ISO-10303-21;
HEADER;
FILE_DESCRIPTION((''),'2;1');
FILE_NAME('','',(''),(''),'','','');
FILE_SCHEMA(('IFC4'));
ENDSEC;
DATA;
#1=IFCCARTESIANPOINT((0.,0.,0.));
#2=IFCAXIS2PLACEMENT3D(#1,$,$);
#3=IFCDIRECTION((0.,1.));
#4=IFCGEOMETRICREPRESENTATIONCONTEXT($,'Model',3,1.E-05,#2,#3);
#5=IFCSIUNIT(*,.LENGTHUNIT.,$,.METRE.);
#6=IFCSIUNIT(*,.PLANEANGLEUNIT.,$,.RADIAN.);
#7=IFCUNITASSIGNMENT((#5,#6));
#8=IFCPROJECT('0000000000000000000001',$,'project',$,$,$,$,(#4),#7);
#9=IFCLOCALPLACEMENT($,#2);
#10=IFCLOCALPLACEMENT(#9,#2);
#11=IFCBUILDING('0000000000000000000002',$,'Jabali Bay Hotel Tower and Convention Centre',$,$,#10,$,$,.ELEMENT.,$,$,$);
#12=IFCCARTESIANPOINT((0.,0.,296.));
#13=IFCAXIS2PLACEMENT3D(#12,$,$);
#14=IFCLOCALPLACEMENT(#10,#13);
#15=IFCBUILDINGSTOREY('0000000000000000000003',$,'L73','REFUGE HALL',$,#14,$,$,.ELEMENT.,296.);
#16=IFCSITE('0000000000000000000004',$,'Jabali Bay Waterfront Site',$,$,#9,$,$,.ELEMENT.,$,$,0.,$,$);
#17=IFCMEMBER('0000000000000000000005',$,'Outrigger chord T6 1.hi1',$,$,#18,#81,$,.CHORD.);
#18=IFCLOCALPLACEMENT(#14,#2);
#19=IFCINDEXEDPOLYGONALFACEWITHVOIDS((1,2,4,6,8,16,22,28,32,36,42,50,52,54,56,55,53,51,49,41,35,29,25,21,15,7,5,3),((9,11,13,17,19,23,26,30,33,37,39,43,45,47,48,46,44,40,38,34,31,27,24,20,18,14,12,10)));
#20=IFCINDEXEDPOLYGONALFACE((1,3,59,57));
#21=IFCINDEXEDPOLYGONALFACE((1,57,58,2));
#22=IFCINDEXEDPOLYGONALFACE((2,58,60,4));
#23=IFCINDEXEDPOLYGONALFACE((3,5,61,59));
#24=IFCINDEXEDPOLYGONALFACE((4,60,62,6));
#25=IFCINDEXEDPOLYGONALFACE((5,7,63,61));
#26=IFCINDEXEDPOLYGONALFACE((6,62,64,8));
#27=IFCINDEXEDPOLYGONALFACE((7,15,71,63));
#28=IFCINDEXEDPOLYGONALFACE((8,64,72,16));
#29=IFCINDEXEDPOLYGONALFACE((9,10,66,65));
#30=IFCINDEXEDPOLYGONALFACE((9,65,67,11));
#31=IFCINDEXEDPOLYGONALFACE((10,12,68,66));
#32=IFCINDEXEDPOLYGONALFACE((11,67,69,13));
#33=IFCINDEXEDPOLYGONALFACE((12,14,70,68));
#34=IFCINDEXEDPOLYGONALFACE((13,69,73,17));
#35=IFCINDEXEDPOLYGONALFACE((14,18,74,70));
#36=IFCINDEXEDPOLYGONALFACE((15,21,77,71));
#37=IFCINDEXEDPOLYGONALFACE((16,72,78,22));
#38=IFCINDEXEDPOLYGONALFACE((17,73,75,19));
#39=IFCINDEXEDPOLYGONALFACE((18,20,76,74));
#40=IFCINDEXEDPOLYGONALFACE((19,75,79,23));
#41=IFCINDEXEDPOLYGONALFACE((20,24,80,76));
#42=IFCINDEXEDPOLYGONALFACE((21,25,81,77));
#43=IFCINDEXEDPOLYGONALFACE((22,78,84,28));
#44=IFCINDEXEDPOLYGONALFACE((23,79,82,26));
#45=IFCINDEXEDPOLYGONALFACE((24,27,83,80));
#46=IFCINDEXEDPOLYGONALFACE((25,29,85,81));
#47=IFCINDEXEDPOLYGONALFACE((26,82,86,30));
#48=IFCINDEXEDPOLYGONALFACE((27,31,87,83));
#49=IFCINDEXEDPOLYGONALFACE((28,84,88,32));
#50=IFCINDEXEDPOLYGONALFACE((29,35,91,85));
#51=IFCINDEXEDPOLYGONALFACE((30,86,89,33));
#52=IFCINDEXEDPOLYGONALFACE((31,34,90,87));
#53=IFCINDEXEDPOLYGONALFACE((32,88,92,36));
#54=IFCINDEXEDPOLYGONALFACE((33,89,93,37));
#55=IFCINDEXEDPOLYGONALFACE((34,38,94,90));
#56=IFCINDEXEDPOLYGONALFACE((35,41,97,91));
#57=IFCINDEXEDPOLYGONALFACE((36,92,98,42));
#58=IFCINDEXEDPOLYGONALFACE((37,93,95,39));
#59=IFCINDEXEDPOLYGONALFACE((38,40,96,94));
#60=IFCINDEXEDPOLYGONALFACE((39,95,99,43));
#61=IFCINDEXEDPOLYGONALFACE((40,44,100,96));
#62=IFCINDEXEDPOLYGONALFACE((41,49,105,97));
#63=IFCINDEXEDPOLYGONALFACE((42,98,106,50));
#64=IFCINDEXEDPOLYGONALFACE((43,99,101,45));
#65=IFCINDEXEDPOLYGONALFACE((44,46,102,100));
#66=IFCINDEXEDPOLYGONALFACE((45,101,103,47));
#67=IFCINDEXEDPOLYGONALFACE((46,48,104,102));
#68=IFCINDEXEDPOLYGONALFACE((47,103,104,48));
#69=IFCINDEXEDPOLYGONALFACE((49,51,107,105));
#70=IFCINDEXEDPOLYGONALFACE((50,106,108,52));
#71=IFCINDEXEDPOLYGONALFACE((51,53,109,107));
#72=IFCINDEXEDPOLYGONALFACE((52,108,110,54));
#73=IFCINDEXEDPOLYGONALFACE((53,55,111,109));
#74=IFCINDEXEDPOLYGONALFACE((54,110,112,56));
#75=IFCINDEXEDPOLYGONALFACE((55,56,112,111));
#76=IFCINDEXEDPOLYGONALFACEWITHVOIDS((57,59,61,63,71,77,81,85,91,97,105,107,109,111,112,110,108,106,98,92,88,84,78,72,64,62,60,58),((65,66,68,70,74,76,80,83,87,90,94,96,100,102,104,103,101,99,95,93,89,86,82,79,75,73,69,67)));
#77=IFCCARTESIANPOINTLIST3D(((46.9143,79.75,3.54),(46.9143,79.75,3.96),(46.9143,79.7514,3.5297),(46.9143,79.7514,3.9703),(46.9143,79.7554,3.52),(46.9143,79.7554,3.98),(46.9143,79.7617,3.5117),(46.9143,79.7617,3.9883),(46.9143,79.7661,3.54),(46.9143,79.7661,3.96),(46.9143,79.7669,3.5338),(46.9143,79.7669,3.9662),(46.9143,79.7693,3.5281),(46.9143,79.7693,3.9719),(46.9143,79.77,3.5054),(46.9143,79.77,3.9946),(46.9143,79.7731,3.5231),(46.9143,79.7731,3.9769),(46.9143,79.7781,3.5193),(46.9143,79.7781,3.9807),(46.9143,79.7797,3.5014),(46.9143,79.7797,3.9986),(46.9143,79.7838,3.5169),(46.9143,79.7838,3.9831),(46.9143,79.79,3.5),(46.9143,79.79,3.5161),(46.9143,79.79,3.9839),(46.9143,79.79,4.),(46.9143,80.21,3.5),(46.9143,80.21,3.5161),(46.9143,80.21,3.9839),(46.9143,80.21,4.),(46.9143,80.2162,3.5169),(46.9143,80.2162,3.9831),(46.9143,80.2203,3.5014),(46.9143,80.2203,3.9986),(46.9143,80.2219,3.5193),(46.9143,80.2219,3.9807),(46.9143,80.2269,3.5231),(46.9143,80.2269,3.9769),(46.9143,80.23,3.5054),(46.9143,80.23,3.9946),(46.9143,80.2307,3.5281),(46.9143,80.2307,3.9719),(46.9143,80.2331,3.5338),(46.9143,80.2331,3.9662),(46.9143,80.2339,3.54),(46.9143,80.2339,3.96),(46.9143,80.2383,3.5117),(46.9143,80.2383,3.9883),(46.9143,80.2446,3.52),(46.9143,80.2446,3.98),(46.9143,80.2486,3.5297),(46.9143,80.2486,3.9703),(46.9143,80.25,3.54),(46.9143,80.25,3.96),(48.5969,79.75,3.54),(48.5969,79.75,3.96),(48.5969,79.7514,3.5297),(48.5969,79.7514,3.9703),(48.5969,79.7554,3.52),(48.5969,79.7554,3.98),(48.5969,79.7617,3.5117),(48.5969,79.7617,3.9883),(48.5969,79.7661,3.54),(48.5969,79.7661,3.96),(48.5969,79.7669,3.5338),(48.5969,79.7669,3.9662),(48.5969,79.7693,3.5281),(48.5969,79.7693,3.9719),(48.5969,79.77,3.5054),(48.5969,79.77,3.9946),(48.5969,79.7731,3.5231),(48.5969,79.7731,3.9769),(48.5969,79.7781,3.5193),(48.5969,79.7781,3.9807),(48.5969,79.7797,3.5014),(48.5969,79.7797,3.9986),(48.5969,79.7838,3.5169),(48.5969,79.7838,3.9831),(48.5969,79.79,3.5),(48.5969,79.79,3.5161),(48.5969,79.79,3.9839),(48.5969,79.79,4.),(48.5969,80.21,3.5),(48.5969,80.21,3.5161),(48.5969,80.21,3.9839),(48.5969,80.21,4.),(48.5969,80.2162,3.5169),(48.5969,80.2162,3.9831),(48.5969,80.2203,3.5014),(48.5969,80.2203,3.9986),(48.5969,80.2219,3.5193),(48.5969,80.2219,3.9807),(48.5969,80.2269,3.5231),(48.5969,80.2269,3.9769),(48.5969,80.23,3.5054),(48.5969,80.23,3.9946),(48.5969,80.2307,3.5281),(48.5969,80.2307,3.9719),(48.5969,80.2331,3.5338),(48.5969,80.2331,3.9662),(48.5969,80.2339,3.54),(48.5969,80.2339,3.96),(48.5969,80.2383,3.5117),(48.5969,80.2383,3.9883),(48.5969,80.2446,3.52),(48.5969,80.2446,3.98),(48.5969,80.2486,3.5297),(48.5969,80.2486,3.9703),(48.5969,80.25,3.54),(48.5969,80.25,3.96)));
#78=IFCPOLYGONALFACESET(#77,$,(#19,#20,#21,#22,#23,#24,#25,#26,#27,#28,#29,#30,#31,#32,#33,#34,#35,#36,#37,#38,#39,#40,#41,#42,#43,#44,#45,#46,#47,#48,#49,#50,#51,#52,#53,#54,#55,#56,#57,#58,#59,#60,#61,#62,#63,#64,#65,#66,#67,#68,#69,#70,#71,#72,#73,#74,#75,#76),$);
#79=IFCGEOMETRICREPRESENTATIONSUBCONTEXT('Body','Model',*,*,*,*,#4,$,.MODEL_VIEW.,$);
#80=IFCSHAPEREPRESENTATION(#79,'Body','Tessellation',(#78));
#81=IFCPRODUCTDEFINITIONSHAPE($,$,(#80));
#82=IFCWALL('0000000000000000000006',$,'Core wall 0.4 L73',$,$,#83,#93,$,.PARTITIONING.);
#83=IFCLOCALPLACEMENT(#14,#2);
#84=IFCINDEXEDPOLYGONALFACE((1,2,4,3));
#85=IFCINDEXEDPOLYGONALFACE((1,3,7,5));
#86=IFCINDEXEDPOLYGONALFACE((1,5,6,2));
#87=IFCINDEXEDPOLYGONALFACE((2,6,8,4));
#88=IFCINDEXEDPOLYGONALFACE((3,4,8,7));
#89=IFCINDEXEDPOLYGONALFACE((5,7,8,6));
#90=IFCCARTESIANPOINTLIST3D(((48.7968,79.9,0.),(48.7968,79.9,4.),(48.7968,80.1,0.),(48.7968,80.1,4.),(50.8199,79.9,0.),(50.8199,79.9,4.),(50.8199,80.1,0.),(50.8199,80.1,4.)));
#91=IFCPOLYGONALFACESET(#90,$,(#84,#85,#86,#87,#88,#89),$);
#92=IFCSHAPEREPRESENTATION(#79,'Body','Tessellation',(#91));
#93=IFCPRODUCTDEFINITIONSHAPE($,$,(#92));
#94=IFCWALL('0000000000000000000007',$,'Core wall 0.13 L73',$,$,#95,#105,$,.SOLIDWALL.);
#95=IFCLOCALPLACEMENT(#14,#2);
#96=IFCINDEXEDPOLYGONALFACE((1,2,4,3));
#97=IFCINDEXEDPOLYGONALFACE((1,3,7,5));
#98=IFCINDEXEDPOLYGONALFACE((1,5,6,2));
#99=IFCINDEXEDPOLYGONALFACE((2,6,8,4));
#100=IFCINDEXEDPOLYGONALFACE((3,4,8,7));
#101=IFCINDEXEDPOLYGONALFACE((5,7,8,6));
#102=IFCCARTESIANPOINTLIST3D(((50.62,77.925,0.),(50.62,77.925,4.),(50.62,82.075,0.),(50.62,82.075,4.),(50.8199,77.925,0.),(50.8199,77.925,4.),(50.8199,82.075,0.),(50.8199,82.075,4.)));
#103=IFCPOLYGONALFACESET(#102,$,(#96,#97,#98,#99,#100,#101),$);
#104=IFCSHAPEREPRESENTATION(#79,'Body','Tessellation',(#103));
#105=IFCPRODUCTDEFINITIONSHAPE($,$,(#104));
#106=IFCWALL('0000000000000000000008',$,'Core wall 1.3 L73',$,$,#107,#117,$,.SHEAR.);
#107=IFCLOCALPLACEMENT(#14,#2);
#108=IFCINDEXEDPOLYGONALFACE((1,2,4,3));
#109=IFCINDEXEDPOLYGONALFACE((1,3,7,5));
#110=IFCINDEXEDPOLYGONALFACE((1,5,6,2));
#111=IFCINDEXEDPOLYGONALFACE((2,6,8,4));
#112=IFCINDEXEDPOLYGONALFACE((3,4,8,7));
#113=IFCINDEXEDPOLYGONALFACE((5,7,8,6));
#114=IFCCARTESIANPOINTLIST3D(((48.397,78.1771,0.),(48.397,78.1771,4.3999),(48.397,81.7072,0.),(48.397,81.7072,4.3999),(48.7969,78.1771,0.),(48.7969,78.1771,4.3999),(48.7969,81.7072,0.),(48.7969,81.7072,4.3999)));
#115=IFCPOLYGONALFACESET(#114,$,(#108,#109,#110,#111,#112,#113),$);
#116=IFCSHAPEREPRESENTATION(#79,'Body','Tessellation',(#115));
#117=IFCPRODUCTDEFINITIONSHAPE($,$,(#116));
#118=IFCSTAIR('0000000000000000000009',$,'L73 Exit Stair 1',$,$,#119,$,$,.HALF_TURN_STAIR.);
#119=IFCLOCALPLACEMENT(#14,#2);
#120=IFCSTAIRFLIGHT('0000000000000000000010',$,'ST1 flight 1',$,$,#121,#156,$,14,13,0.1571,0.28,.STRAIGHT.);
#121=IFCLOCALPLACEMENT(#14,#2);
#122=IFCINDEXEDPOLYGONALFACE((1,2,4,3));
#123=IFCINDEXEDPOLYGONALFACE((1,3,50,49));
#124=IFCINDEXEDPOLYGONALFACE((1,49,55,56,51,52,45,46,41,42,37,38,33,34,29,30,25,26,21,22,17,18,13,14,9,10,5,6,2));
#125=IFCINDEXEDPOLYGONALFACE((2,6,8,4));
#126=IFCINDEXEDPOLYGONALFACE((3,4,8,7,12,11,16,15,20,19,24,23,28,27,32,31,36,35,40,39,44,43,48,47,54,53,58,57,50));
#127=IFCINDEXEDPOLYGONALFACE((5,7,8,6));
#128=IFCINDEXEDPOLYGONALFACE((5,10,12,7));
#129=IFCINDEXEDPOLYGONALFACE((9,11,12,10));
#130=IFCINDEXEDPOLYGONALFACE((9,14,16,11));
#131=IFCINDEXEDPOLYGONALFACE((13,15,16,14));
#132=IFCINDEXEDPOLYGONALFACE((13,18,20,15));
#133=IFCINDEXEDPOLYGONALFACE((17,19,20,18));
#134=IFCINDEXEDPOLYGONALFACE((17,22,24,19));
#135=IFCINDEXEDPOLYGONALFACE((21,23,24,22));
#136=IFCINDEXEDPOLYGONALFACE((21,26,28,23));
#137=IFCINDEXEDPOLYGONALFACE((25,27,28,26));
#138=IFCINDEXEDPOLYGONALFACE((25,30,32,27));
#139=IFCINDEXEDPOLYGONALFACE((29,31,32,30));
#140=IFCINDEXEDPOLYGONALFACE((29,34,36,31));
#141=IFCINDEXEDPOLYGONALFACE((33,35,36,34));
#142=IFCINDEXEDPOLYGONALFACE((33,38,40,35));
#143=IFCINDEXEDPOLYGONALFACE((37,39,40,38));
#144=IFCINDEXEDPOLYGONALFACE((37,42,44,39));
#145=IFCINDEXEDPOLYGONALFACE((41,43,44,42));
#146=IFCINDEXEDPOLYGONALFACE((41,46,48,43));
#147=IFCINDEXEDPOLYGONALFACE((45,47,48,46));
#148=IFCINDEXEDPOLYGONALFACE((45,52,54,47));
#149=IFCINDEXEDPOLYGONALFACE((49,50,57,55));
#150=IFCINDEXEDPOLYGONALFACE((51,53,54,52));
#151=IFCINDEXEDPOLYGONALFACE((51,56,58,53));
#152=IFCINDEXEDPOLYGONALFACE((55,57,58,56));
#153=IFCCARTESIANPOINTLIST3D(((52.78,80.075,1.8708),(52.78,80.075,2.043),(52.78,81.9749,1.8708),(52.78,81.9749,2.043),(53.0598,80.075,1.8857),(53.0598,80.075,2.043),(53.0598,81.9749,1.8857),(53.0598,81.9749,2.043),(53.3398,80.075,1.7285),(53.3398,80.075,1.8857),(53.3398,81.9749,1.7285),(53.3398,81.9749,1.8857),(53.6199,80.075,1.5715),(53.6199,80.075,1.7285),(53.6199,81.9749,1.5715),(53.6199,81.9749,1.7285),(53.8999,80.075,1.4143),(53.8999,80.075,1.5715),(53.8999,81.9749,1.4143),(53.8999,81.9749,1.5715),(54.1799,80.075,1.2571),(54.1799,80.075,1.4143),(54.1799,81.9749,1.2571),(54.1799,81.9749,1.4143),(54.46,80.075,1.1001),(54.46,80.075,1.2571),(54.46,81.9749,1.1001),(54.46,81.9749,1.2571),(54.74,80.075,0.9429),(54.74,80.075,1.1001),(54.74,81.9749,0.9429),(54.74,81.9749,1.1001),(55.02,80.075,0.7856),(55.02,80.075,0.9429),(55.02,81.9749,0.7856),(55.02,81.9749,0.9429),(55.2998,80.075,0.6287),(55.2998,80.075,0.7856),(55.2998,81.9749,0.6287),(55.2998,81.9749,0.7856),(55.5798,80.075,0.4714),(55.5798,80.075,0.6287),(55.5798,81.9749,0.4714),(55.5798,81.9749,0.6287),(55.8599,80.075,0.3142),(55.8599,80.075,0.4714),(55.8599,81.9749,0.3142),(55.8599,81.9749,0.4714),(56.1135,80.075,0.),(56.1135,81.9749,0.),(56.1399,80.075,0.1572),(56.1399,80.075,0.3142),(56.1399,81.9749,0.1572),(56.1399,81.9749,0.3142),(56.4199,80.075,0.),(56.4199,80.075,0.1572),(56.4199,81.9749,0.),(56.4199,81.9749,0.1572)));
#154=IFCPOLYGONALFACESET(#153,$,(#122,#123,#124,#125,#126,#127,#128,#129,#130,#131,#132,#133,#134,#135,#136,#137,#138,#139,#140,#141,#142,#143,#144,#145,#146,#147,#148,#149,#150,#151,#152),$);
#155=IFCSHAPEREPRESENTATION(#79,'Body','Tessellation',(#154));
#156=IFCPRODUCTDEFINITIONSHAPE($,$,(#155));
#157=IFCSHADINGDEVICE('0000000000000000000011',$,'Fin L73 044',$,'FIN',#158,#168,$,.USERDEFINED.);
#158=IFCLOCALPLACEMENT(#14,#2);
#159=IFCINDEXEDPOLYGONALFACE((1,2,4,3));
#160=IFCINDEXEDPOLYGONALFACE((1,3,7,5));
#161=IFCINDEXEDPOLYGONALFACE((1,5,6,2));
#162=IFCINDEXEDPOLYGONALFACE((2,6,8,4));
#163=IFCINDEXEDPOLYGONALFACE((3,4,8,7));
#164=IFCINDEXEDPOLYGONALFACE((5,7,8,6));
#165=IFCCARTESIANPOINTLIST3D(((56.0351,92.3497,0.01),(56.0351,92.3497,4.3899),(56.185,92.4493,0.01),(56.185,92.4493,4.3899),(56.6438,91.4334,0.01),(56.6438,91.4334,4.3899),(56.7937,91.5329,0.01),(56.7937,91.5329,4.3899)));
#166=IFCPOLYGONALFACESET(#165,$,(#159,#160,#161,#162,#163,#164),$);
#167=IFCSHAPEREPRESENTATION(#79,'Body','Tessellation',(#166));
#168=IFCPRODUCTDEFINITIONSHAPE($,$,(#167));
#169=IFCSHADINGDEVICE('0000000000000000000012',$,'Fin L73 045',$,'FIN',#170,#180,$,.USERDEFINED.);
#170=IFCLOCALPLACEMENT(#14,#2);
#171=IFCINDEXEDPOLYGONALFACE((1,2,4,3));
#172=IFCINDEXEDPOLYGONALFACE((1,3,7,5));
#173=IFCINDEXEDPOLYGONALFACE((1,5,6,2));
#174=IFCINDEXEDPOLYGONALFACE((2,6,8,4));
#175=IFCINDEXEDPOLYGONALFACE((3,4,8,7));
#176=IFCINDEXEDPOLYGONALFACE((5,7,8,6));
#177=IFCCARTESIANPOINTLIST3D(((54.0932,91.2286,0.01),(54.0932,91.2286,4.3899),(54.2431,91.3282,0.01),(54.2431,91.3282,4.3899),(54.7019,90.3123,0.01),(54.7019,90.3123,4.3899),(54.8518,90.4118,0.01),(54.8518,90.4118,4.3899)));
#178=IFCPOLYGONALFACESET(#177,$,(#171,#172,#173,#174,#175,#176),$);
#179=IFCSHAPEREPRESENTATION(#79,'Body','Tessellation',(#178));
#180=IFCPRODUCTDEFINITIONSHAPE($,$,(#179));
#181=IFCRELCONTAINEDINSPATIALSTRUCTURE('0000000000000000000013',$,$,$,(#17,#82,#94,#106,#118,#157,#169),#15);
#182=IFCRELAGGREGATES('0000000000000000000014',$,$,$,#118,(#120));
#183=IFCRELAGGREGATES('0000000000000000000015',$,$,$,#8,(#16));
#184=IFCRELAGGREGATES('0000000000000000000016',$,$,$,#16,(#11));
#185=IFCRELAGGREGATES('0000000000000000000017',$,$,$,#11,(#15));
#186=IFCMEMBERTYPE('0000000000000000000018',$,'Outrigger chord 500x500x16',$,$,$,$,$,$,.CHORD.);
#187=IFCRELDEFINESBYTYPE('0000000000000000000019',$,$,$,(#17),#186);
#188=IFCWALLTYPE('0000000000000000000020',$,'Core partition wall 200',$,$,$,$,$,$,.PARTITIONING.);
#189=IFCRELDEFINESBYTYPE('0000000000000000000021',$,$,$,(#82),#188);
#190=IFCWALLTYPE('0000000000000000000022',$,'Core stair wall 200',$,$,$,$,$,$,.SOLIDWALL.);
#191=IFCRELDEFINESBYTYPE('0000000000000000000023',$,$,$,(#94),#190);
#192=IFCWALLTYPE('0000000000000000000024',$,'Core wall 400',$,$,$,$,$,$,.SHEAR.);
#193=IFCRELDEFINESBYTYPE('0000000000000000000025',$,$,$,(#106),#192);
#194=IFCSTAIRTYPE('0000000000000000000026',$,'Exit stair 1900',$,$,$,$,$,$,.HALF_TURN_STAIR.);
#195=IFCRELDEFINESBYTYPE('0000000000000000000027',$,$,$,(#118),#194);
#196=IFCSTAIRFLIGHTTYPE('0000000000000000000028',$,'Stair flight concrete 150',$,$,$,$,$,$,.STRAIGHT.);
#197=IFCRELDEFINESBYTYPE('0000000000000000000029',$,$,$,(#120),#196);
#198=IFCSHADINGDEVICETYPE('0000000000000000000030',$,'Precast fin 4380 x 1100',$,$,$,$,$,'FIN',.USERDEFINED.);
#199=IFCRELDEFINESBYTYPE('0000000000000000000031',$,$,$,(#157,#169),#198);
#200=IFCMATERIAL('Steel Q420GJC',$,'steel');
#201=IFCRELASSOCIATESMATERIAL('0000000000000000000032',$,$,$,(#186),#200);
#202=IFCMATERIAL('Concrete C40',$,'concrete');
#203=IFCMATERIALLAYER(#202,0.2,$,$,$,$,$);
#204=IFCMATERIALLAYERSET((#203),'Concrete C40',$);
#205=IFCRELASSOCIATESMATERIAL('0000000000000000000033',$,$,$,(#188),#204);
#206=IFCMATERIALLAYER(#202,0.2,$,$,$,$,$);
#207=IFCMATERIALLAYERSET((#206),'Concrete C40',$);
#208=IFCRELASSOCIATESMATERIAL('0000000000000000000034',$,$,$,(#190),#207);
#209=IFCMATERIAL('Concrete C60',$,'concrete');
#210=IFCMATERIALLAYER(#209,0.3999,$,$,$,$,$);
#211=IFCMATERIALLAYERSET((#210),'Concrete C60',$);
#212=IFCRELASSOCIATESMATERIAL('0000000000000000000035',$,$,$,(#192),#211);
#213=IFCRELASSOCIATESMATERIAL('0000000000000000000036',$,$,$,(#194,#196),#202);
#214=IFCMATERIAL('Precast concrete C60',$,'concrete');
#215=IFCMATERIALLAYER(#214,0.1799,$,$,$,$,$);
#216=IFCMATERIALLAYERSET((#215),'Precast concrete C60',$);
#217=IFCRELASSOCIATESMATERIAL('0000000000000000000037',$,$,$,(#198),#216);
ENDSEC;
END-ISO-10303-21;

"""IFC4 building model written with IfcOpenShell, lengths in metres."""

from ifc_helpers import new_model, si_unit, direction, frame, frame_2d, origin, origin_2d, place, context, subcontext, project, spatial, polyline, rectangle, hollow_rectangle, outline, extrude, material, layer, layer_set, material_profile, profile_set, type_object, element, aggregate, save


model = new_model("IFC4")

# Units and contexts
model_context = context("Model", 3, precision=1e-05, world=origin(), true_north=direction((0.0, 1.0)))
body_context = subcontext(model_context, "Body", "Model", "MODEL_VIEW")
ifc_project = project(units=[si_unit("LENGTHUNIT", "METRE"), si_unit("PLANEANGLEUNIT", "RADIAN")], contexts=[model_context])

# Site, building, storey
site_placement = place(None, origin())
site = spatial("IfcSite", under=ifc_project, at=site_placement, Name="Jabali Bay Waterfront Site", CompositionType="ELEMENT", RefElevation=0.0)
building_placement = place(site_placement, origin())
building = spatial("IfcBuilding", under=site, at=building_placement, Name="Jabali Bay Hotel Tower and Convention Centre", CompositionType="ELEMENT")
storey_placement = place(building_placement, frame((0.0, 0.0, 296.0)))
storey = spatial("IfcBuildingStorey", under=building, at=storey_placement, Name="L73", Description="REFUGE HALL", CompositionType="ELEMENT", Elevation=296.0)

# Shared definitions
ifc_material_1 = material(Name="Concrete C60", Category="concrete")

# Member
ifc_material_2 = material(Name="Steel Q420GJC", Category="steel")
ifc_material_profile_1 = material_profile(ifc_material_2, hollow_rectangle(XDim=0.5, YDim=0.5, WallThickness=0.0161, InnerFilletRadius=0.0239, OuterFilletRadius=0.04, at=origin_2d()), Name="Outrigger chord 500x500x16")
ifc_profile_set_1 = profile_set([ifc_material_profile_1], Name="Steel Q420GJC")
member_type_1 = type_object("IfcMemberType", Name="Outrigger chord 500x500x16", PredefinedType="CHORD", material=ifc_profile_set_1)
member_1_placement = place(storey_placement, frame((48.5969, 80.0, 3.75), z_axis=(-1.0, 0.0, 0.0), x_axis=(0.0, -1.0, 0.0)))
element("IfcMember", 1, at=member_1_placement, inside=storey, type_object=member_type_1, Name="Outrigger chord T6 1.hi1", PredefinedType="CHORD", context=body_context, shape_type="SweptSolid", body=[
    extrude(hollow_rectangle(XDim=0.5, YDim=0.5, WallThickness=0.0161, InnerFilletRadius=0.0239, OuterFilletRadius=0.04, at=origin_2d()), origin(), (0.0, 0.0, 1.0), 1.6826),
])

# Walls
ifc_material_3 = material(Name="Concrete C40", Category="concrete")
ifc_layer_1 = layer(ifc_material_3, 0.2)
ifc_layer_set_1 = layer_set([ifc_layer_1], Name="Concrete C40")
wall_type_1 = type_object("IfcWallType", Name="Core partition wall 200", PredefinedType="PARTITIONING", material=ifc_layer_set_1)
wall_1_placement = place(storey_placement, frame((50.8201, 80.0, 0.0), z_axis=(0.0, 0.0, 1.0), x_axis=(-1.0, 0.0, 0.0)))
element("IfcWall", 2, at=wall_1_placement, inside=storey, type_object=wall_type_1, Name="Core wall 0.4 L73", PredefinedType="PARTITIONING", context=body_context, shape_type="SweptSolid", body=[
    extrude(rectangle(XDim=2.0232, YDim=0.2, at=frame_2d((1.0117, 0.0))), origin(), (0.0, 0.0, 1.0), 4.0),
])
ifc_layer_2 = layer(ifc_material_3, 0.2)
ifc_layer_set_2 = layer_set([ifc_layer_2], Name="Concrete C40")
wall_type_2 = type_object("IfcWallType", Name="Core stair wall 200", PredefinedType="SOLIDWALL", material=ifc_layer_set_2)
wall_2_placement = place(storey_placement, frame((50.72, 82.075, 0.0), z_axis=(0.0, 0.0, 1.0), x_axis=(0.0, -1.0, 0.0)))
element("IfcWall", 3, at=wall_2_placement, inside=storey, type_object=wall_type_2, Name="Core wall 0.13 L73", PredefinedType="SOLIDWALL", context=body_context, shape_type="SweptSolid", body=[
    extrude(rectangle(XDim=4.1499, YDim=0.2, at=frame_2d((2.075, 0.0))), origin(), (0.0, 0.0, 1.0), 4.0),
])
ifc_layer_3 = layer(ifc_material_1, 0.3999)
ifc_layer_set_3 = layer_set([ifc_layer_3], Name="Concrete C60")
wall_type_3 = type_object("IfcWallType", Name="Core wall 400", PredefinedType="SHEAR", material=ifc_layer_set_3)
wall_3_placement = place(storey_placement, frame((48.5969, 81.7073, 0.0), z_axis=(0.0, 0.0, 1.0), x_axis=(0.0, -1.0, 0.0)))
element("IfcWall", 4, at=wall_3_placement, inside=storey, type_object=wall_type_3, Name="Core wall 1.3 L73", PredefinedType="SHEAR", context=body_context, shape_type="SweptSolid", body=[
    extrude(rectangle(XDim=3.53, YDim=0.3999, at=frame_2d((1.7651, 0.0))), origin(), (0.0, 0.0, 1.0), 4.3999),
])

# Stair, stair flight
stair_type = type_object("IfcStairType", Name="Exit stair 1900", PredefinedType="HALF_TURN_STAIR", material=ifc_material_3)
stair_placement = place(storey_placement, origin())
stair = element("IfcStair", 5, at=stair_placement, inside=storey, type_object=stair_type, Name="L73 Exit Stair 1", PredefinedType="HALF_TURN_STAIR")
stair_flight_type = type_object("IfcStairFlightType", Name="Stair flight concrete 150", PredefinedType="STRAIGHT", material=ifc_material_3)
stair_flight_placement = place(storey_placement, frame((56.4199, 81.0249, 0.0), z_axis=(0.0, 0.0, 1.0), x_axis=(-1.0, 0.0, 0.0)))
stair_flight = element("IfcStairFlight", 6, at=stair_flight_placement, type_object=stair_flight_type, Name="ST1 flight 1", NumberOfRisers=14, NumberOfTreads=13, PredefinedType="STRAIGHT", RiserHeight=0.1571, TreadLength=0.28, context=body_context, shape_type="SweptSolid", body=[
    extrude(outline(polyline([(0.0, 0.0), (0.0, 0.1572), (0.28, 0.1572), (0.28, 0.3142), (0.5601, 0.3142), (0.5601, 0.4714), (0.8401, 0.4714), (0.8401, 0.6287), (1.1201, 0.6287), (1.1201, 0.7856), (1.3999, 0.7856), (1.3999, 0.9429), (1.6799, 0.9429), (1.6799, 1.1001), (1.96, 1.1001), (1.96, 1.2571), (2.24, 1.2571), (2.24, 1.4143), (2.52, 1.4143), (2.52, 1.5715), (2.8, 1.5715), (2.8, 1.7285), (3.0801, 1.7285), (3.0801, 1.8857), (3.3601, 1.8857), (3.3601, 2.043), (3.6399, 2.043), (3.6399, 2.2), (3.6399, 1.8708), (0.3064, 0.0), (0.0, 0.0)])), frame((0.0, 0.95, 0.0), z_axis=(0.0, -1.0, 0.0), x_axis=(1.0, 0.0, 0.0)), (0.0, 0.0, 1.0), 1.8999),
])
aggregate(stair, [stair_flight])

# Shading devices
ifc_material_4 = material(Name="Precast concrete C60", Category="concrete")
ifc_layer_4 = layer(ifc_material_4, 0.1799)
ifc_layer_set_4 = layer_set([ifc_layer_4], Name="Precast concrete C60")
shading_device_type = type_object("IfcShadingDeviceType", Name="Precast fin 4380 x 1100", ElementType="FIN", PredefinedType="USERDEFINED", material=ifc_layer_set_4)
for number, where, z_axis, x_axis, name in (
    (7, (56.7188, 91.4832, 0.01), (0.0, 0.0, 1.0), (-0.553317, 0.832971, 0.0), "Fin L73 044"),
    (8, (54.7769, 90.3621, 0.01), (0.0, 0.0, 1.0), (-0.553317, 0.832971, 0.0), "Fin L73 045"),
):
    element("IfcShadingDevice", number, at=place(storey_placement, frame(where, z_axis=z_axis, x_axis=x_axis)), inside=storey, type_object=shading_device_type, Name=name, ObjectType="FIN", PredefinedType="USERDEFINED", context=body_context, shape_type="SweptSolid", body=[
        extrude(rectangle(XDim=1.1001, YDim=0.1799, at=frame_2d((0.55, 0.0))), origin(), (0.0, 0.0, 1.0), 4.3799),
    ])

save(model, "model.ifc")
